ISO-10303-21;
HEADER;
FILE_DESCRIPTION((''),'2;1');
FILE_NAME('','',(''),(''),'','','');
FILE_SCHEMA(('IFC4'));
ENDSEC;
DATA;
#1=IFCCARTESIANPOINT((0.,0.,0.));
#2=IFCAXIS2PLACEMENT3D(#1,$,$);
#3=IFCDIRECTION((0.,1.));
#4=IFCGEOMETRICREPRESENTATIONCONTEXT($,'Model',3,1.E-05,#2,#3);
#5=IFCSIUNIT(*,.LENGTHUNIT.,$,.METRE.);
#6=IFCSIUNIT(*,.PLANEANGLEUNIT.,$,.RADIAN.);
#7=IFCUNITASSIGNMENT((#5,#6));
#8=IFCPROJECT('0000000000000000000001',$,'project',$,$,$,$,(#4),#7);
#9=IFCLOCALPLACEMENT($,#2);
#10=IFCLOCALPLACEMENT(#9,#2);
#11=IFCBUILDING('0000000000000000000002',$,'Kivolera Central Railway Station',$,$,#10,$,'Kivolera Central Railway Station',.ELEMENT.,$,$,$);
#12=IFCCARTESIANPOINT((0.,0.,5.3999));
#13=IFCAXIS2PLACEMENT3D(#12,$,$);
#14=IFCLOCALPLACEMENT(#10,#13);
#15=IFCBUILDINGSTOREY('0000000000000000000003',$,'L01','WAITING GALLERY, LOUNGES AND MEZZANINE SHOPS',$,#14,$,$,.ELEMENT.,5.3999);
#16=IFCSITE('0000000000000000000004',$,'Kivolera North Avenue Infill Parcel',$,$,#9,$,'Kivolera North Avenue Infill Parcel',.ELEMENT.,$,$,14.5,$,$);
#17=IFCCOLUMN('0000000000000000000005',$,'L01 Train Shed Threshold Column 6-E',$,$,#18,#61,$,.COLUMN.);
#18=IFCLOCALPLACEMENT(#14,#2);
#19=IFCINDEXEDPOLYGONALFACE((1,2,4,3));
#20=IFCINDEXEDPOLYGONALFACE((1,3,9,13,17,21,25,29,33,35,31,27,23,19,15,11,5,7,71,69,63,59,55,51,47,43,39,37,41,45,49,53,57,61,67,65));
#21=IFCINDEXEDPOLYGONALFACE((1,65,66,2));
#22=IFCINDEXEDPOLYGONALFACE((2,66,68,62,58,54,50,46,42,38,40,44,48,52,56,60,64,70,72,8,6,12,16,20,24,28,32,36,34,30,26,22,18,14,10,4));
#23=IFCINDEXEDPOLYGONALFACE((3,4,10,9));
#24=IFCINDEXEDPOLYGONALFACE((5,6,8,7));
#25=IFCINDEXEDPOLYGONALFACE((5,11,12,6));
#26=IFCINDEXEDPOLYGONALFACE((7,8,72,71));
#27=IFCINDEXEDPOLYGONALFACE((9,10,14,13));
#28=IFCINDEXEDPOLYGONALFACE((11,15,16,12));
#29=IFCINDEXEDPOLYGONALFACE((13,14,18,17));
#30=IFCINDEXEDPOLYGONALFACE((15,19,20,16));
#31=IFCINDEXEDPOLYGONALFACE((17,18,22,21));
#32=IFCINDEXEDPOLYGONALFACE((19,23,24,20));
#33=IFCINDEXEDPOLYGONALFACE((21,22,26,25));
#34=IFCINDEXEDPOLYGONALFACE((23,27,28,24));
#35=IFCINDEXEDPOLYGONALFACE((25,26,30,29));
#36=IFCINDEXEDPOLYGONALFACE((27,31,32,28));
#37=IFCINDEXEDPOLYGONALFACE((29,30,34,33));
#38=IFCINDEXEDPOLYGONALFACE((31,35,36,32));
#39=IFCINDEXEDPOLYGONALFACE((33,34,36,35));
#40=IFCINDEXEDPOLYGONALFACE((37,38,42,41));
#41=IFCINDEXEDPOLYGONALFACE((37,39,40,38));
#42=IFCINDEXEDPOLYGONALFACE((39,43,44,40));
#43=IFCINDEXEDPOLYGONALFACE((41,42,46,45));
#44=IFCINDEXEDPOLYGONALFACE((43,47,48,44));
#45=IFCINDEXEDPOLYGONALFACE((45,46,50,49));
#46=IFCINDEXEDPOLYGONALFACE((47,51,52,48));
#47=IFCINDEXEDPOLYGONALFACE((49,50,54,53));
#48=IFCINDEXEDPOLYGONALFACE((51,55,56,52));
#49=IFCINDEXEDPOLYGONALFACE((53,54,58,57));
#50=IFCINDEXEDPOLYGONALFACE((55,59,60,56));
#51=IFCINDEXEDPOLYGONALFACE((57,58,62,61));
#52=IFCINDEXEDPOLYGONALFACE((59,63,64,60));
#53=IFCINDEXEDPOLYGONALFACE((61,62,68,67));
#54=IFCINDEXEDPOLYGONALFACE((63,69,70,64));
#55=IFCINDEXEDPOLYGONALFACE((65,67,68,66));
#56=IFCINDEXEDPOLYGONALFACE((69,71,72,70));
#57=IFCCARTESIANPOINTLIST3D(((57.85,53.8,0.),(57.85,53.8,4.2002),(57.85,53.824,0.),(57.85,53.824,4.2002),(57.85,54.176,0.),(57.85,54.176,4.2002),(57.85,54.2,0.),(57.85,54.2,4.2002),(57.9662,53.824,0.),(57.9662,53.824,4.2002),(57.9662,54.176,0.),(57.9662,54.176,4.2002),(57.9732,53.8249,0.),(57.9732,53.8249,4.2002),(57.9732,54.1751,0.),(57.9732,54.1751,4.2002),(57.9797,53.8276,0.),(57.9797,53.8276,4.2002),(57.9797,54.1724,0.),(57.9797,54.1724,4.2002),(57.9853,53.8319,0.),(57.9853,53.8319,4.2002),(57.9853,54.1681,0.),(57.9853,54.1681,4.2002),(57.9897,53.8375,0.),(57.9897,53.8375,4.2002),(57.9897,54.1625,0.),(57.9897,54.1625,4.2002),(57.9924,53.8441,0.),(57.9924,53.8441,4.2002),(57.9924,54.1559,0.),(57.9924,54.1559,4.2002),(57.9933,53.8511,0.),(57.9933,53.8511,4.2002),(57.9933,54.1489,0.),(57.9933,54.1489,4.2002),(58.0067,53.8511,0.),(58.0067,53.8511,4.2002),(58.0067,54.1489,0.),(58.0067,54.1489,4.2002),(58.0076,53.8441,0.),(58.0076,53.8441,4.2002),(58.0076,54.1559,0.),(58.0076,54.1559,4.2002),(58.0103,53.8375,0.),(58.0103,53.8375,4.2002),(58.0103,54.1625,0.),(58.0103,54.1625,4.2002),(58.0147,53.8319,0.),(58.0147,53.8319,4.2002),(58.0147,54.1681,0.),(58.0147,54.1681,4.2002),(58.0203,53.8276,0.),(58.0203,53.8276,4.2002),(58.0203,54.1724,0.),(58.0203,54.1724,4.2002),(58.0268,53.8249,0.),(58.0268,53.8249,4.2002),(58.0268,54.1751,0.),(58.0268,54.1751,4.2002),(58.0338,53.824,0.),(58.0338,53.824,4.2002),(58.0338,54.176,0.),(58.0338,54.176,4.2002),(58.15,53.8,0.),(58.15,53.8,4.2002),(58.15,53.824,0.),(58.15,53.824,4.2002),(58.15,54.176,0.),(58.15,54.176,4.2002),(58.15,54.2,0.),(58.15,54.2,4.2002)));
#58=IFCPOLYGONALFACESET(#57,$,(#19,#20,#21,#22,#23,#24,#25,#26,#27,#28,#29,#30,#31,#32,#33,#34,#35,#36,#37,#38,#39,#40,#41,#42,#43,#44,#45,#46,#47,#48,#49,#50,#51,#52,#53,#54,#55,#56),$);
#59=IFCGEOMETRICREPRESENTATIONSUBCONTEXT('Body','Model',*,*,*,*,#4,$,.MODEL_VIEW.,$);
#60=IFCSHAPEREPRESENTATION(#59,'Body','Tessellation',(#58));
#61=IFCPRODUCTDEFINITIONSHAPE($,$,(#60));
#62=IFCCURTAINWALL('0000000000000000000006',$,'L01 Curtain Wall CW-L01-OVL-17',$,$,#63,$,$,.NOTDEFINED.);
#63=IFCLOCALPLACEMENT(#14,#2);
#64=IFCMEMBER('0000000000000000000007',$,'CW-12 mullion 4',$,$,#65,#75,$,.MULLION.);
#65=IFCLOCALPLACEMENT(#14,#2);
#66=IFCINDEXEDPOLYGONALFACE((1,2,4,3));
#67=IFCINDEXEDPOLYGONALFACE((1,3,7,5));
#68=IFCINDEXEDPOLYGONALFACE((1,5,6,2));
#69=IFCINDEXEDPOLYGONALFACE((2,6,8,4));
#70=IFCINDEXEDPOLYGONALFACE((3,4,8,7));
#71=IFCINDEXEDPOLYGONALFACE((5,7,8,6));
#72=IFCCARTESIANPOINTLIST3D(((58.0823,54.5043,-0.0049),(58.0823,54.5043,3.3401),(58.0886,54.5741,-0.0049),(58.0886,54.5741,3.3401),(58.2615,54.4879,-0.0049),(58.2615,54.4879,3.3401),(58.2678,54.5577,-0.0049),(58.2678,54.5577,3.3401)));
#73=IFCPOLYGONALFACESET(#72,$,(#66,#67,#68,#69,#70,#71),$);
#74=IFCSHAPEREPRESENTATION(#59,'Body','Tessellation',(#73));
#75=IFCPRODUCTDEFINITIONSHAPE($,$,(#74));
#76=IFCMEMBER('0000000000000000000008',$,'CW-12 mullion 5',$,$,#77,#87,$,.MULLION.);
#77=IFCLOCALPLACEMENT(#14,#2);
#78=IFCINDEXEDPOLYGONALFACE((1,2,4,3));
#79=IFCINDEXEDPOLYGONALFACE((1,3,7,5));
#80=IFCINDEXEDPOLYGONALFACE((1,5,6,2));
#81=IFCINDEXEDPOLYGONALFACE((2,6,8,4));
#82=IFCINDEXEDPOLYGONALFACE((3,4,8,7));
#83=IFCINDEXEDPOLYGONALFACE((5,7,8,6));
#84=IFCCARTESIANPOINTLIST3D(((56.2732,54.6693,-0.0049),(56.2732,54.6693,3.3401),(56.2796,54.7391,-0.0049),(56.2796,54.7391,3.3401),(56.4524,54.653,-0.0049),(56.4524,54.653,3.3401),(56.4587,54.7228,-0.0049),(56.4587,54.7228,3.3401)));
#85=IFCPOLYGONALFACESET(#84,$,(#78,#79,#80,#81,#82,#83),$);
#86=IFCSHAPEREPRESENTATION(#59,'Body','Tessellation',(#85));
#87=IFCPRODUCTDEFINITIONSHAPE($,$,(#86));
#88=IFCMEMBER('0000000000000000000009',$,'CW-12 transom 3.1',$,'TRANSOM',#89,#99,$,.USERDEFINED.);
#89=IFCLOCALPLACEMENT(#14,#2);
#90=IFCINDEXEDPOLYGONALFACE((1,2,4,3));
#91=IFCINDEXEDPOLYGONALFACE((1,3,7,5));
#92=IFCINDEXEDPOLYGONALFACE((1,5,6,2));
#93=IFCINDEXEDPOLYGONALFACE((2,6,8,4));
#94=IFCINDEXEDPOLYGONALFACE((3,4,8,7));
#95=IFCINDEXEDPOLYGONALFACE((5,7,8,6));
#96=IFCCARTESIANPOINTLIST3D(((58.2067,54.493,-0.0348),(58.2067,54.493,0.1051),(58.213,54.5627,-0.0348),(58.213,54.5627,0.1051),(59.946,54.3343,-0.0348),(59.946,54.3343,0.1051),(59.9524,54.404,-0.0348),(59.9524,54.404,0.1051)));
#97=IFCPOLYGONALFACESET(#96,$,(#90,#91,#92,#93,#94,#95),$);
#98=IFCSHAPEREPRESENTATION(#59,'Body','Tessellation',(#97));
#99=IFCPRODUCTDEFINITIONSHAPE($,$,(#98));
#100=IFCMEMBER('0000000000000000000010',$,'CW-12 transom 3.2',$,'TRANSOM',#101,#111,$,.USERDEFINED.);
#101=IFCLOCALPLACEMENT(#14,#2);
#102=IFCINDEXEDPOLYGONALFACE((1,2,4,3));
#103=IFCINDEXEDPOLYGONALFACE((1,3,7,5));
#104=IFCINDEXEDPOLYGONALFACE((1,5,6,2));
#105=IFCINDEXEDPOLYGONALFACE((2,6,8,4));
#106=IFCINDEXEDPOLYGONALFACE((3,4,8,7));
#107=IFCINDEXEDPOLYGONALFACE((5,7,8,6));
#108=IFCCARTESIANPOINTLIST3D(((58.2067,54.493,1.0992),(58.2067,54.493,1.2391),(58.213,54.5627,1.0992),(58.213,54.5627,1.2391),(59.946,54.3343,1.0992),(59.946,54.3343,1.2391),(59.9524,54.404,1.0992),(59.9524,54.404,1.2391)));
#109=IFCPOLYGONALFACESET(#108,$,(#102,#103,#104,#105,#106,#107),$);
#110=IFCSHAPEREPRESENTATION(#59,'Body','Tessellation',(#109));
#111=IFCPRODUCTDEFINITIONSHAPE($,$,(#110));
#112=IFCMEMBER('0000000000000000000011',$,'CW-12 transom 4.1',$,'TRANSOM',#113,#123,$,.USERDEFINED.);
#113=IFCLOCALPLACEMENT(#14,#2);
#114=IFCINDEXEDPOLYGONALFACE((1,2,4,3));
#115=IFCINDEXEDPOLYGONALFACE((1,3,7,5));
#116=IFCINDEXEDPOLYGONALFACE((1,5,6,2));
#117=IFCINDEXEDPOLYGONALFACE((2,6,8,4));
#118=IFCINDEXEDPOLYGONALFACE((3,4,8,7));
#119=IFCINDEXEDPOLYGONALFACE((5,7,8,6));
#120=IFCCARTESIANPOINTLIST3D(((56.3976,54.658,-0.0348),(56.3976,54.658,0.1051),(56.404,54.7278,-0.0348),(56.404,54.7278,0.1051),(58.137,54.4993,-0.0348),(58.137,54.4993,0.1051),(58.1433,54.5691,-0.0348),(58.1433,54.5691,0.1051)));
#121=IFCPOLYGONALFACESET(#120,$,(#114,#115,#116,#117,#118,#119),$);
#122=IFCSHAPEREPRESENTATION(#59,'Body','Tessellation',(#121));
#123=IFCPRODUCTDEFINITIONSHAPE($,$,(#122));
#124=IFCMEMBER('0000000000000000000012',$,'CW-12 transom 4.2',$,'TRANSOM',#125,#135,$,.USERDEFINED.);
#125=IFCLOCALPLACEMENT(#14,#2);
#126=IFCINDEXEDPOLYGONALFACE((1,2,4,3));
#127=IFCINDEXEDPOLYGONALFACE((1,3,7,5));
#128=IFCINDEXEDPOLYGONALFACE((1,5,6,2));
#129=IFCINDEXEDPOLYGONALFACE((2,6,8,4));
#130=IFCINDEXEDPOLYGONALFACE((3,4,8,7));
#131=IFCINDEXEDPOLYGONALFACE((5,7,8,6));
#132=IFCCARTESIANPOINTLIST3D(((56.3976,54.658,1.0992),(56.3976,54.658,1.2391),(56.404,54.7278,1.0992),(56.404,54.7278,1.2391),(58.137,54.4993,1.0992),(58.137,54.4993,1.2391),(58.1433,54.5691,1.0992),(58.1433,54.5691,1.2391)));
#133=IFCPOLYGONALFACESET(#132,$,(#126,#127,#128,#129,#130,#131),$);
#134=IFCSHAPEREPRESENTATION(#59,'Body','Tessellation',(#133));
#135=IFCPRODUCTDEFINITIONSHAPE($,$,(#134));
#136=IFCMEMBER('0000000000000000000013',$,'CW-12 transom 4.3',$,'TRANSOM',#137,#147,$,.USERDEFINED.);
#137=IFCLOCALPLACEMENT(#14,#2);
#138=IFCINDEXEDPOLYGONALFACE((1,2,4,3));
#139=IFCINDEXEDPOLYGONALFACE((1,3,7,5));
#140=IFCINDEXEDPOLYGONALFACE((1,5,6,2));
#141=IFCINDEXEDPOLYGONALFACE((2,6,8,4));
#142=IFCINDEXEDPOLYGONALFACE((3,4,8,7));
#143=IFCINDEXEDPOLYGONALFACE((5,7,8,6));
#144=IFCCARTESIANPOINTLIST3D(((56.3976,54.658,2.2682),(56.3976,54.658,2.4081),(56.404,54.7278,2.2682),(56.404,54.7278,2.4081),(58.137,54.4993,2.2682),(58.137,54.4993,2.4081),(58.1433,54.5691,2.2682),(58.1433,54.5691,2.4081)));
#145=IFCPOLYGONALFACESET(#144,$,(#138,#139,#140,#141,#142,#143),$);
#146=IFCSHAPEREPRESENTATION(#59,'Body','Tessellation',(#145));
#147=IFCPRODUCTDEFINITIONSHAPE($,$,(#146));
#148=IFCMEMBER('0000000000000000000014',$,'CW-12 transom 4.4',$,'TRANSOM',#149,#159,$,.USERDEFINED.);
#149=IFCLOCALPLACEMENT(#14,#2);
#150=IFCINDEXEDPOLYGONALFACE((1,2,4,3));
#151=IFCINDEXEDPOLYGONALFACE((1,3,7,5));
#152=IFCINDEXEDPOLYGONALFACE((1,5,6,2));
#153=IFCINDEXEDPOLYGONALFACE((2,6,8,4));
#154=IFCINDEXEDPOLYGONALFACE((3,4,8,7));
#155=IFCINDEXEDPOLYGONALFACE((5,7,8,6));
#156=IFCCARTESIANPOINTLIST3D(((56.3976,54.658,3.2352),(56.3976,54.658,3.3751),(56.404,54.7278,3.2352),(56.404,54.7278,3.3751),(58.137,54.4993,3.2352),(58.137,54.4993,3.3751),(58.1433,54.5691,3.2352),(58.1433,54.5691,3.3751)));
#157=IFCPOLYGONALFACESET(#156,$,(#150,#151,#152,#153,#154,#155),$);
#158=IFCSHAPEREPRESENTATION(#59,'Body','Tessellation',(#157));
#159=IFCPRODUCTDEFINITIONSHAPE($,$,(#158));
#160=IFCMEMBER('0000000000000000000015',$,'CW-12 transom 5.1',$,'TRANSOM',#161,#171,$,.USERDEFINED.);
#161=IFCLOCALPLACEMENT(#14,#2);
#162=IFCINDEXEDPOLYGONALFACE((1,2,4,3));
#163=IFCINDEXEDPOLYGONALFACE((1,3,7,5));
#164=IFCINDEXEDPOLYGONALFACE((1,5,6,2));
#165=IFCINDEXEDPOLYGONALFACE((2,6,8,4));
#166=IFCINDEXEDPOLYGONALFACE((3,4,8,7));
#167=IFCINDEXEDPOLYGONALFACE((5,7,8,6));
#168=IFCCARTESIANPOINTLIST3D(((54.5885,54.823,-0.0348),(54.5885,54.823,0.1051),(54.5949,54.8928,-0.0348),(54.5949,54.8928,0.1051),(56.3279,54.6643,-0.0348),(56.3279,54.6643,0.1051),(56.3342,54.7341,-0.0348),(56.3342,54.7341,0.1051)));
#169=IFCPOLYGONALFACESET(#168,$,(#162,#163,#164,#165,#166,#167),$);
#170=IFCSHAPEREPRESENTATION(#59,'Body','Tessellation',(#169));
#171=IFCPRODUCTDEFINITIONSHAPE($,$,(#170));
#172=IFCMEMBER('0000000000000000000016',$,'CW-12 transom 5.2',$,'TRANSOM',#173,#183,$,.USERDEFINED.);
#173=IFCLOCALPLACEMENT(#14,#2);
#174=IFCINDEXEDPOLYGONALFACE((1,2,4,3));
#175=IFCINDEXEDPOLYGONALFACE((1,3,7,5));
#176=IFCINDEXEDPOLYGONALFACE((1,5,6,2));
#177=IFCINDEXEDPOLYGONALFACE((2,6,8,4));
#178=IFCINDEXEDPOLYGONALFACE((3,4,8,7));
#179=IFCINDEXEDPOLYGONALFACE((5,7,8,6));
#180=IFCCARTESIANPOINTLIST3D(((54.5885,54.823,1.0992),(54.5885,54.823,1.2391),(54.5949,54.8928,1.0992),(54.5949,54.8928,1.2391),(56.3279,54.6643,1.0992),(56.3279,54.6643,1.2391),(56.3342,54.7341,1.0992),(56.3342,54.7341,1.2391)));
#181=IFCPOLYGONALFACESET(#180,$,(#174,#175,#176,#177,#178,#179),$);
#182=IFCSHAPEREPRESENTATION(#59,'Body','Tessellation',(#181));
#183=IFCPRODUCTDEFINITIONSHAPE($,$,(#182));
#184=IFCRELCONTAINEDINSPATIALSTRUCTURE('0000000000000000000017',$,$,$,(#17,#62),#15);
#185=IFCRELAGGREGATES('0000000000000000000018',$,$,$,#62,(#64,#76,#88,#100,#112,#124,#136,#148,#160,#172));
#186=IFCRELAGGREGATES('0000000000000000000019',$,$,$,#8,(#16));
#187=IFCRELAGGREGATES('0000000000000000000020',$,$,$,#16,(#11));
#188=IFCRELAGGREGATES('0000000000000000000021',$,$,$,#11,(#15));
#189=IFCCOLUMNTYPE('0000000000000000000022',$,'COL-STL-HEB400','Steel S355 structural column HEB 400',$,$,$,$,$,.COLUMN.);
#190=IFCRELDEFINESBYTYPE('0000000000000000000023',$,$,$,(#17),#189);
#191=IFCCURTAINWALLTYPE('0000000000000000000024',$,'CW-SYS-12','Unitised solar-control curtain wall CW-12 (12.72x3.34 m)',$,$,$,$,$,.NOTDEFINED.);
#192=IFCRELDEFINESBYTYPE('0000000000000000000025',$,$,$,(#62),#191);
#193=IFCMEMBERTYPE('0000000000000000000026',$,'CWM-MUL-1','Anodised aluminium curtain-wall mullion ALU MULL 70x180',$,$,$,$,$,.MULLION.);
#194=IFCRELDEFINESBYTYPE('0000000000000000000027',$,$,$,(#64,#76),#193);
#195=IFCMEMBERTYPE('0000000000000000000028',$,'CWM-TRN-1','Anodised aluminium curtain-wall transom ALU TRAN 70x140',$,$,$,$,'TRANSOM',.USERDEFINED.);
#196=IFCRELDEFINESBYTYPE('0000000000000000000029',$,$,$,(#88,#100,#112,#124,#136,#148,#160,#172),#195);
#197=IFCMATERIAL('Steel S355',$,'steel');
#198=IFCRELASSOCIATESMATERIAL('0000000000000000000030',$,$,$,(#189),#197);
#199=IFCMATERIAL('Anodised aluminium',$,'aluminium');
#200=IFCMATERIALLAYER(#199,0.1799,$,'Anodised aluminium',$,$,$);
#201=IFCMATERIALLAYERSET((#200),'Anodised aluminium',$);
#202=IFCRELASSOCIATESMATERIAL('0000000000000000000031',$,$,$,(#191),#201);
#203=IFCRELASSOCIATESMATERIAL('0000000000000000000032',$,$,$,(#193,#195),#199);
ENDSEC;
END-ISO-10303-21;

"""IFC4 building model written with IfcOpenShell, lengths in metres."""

from ifc_helpers import new_model, si_unit, direction, frame, origin, origin_2d, place, context, subcontext, project, spatial, rectangle, i_section, extrude, material, layer, layer_set, material_profile, profile_set, type_object, element, aggregate, save


model = new_model("IFC4")

# Units and contexts
model_context = context("Model", 3, precision=1e-05, world=origin(), true_north=direction((0.0, 1.0)))
body_context = subcontext(model_context, "Body", "Model", "MODEL_VIEW")
ifc_project = project(units=[si_unit("LENGTHUNIT", "METRE"), si_unit("PLANEANGLEUNIT", "RADIAN")], contexts=[model_context])

# Site, building, storey
site_placement = place(None, origin())
site = spatial("IfcSite", under=ifc_project, at=site_placement, Name="Kivolera North Avenue Infill Parcel", LongName="Kivolera North Avenue Infill Parcel", CompositionType="ELEMENT", RefElevation=14.5)
building_placement = place(site_placement, origin())
building = spatial("IfcBuilding", under=site, at=building_placement, Name="Kivolera Central Railway Station", LongName="Kivolera Central Railway Station", CompositionType="ELEMENT")
storey_placement = place(building_placement, frame((0.0, 0.0, 5.3999)))
storey = spatial("IfcBuildingStorey", under=building, at=storey_placement, Name="L01", Description="WAITING GALLERY, LOUNGES AND MEZZANINE SHOPS", CompositionType="ELEMENT", Elevation=5.3999)

# Column
ifc_material_1 = material(Name="Steel S355", Category="steel")
ifc_material_profile_1 = material_profile(ifc_material_1, i_section(OverallWidth=0.3, OverallDepth=0.3999, WebThickness=0.0134, FlangeThickness=0.0239, FilletRadius=0.0271, at=origin_2d()), Name="HEB 400")
ifc_profile_set_1 = profile_set([ifc_material_profile_1], Name="Steel S355")
column_type = type_object("IfcColumnType", Name="COL-STL-HEB400", Description="Steel S355 structural column HEB 400", PredefinedType="COLUMN", material=ifc_profile_set_1)
column_placement = place(storey_placement, frame((58.0, 54.0, 0.0), z_axis=(0.0, 0.0, 1.0), x_axis=(1.0, 0.0, 0.0)))
element("IfcColumn", 1, at=column_placement, inside=storey, type_object=column_type, Name="L01 Train Shed Threshold Column 6-E", PredefinedType="COLUMN", context=body_context, shape_type="SweptSolid", body=[
    extrude(i_section(OverallWidth=0.3, OverallDepth=0.3999, WebThickness=0.0134, FlangeThickness=0.0239, FilletRadius=0.0271, at=origin_2d()), origin(), (0.0, 0.0, 1.0), 4.2002),
])

# Curtain wall, members
ifc_material_2 = material(Name="Anodised aluminium", Category="aluminium")
ifc_layer_1 = layer(ifc_material_2, 0.1799, Name="Anodised aluminium")
ifc_layer_set_1 = layer_set([ifc_layer_1], Name="Anodised aluminium")
curtain_wall_type = type_object("IfcCurtainWallType", Name="CW-SYS-12", Description="Unitised solar-control curtain wall CW-12 (12.72x3.34 m)", PredefinedType="NOTDEFINED", material=ifc_layer_set_1)
curtain_wall_placement = place(storey_placement, origin())
curtain_wall = element("IfcCurtainWall", 2, at=curtain_wall_placement, inside=storey, type_object=curtain_wall_type, Name="L01 Curtain Wall CW-L01-OVL-17", PredefinedType="NOTDEFINED")
ifc_material_profile_2 = material_profile(ifc_material_2, rectangle(XDim=0.0701, YDim=0.1799, at=origin_2d()), Name="ALU MULL 70x180")
ifc_profile_set_2 = profile_set([ifc_material_profile_2], Name="Anodised aluminium")
member_type_1 = type_object("IfcMemberType", Name="CWM-MUL-1", Description="Anodised aluminium curtain-wall mullion ALU MULL 70x180", PredefinedType="MULLION", material=ifc_profile_set_2)
member_1_placement = place(storey_placement, frame((58.175, 54.531, -0.0049), z_axis=(0.0, 0.0, 1.0), x_axis=(-0.090834, -0.995866, 0.0)))
member_1 = element("IfcMember", 3, at=member_1_placement, type_object=member_type_1, Name="CW-12 mullion 4", PredefinedType="MULLION", context=body_context, shape_type="SweptSolid", body=[
    extrude(rectangle(XDim=0.0701, YDim=0.1799, at=origin_2d()), origin(), (0.0, 0.0, 1.0), 3.345),
])
member_2_placement = place(storey_placement, frame((56.366, 54.696, -0.0049), z_axis=(0.0, 0.0, 1.0), x_axis=(-0.090834, -0.995866, 0.0)))
member_2 = element("IfcMember", 4, at=member_2_placement, type_object=member_type_1, Name="CW-12 mullion 5", PredefinedType="MULLION", context=body_context, shape_type="SweptSolid", body=[
    extrude(rectangle(XDim=0.0701, YDim=0.1799, at=origin_2d()), origin(), (0.0, 0.0, 1.0), 3.345),
])
ifc_material_profile_3 = material_profile(ifc_material_2, rectangle(XDim=0.0701, YDim=0.1399, at=origin_2d()), Name="ALU TRAN 70x140")
ifc_profile_set_3 = profile_set([ifc_material_profile_3], Name="Anodised aluminium")
member_type_2 = type_object("IfcMemberType", Name="CWM-TRN-1", Description="Anodised aluminium curtain-wall transom ALU TRAN 70x140", ElementType="TRANSOM", PredefinedType="USERDEFINED", material=ifc_profile_set_3)
member_3_placement = place(storey_placement, frame((59.9492, 54.3691, 0.0352), z_axis=(-0.995863, 0.090863, 0.0), x_axis=(-0.090863, -0.995863, 0.0)))
member_3 = element("IfcMember", 5, at=member_3_placement, type_object=member_type_2, Name="CW-12 transom 3.1", ObjectType="TRANSOM", PredefinedType="USERDEFINED", context=body_context, shape_type="SweptSolid", body=[
    extrude(rectangle(XDim=0.0701, YDim=0.1399, at=origin_2d()), origin(), (0.0, 0.0, 1.0), 1.7466),
])
member_4_placement = place(storey_placement, frame((59.9492, 54.3691, 1.1692), z_axis=(-0.995863, 0.090863, 0.0), x_axis=(-0.090863, -0.995863, 0.0)))
member_4 = element("IfcMember", 6, at=member_4_placement, type_object=member_type_2, Name="CW-12 transom 3.2", ObjectType="TRANSOM", PredefinedType="USERDEFINED", context=body_context, shape_type="SweptSolid", body=[
    extrude(rectangle(XDim=0.0701, YDim=0.1399, at=origin_2d()), origin(), (0.0, 0.0, 1.0), 1.7466),
])
member_5_placement = place(storey_placement, frame((58.1401, 54.5342, 0.0352), z_axis=(-0.995863, 0.090863, 0.0), x_axis=(-0.090863, -0.995863, 0.0)))
member_5 = element("IfcMember", 7, at=member_5_placement, type_object=member_type_2, Name="CW-12 transom 4.1", ObjectType="TRANSOM", PredefinedType="USERDEFINED", context=body_context, shape_type="SweptSolid", body=[
    extrude(rectangle(XDim=0.0701, YDim=0.1399, at=origin_2d()), origin(), (0.0, 0.0, 1.0), 1.7466),
])
member_6_placement = place(storey_placement, frame((58.1401, 54.5342, 1.1692), z_axis=(-0.995863, 0.090863, 0.0), x_axis=(-0.090863, -0.995863, 0.0)))
member_6 = element("IfcMember", 8, at=member_6_placement, type_object=member_type_2, Name="CW-12 transom 4.2", ObjectType="TRANSOM", PredefinedType="USERDEFINED", context=body_context, shape_type="SweptSolid", body=[
    extrude(rectangle(XDim=0.0701, YDim=0.1399, at=origin_2d()), origin(), (0.0, 0.0, 1.0), 1.7466),
])
member_7_placement = place(storey_placement, frame((58.1401, 54.5342, 2.3381), z_axis=(-0.995863, 0.090863, 0.0), x_axis=(-0.090863, -0.995863, 0.0)))
member_7 = element("IfcMember", 9, at=member_7_placement, type_object=member_type_2, Name="CW-12 transom 4.3", ObjectType="TRANSOM", PredefinedType="USERDEFINED", context=body_context, shape_type="SweptSolid", body=[
    extrude(rectangle(XDim=0.0701, YDim=0.1399, at=origin_2d()), origin(), (0.0, 0.0, 1.0), 1.7466),
])
member_8_placement = place(storey_placement, frame((58.1401, 54.5342, 3.3052), z_axis=(-0.995863, 0.090863, 0.0), x_axis=(-0.090863, -0.995863, 0.0)))
member_8 = element("IfcMember", 10, at=member_8_placement, type_object=member_type_2, Name="CW-12 transom 4.4", ObjectType="TRANSOM", PredefinedType="USERDEFINED", context=body_context, shape_type="SweptSolid", body=[
    extrude(rectangle(XDim=0.0701, YDim=0.1399, at=origin_2d()), origin(), (0.0, 0.0, 1.0), 1.7466),
])
member_9_placement = place(storey_placement, frame((56.3311, 54.6992, 0.0352), z_axis=(-0.995863, 0.090863, 0.0), x_axis=(-0.090863, -0.995863, 0.0)))
member_9 = element("IfcMember", 11, at=member_9_placement, type_object=member_type_2, Name="CW-12 transom 5.1", ObjectType="TRANSOM", PredefinedType="USERDEFINED", context=body_context, shape_type="SweptSolid", body=[
    extrude(rectangle(XDim=0.0701, YDim=0.1399, at=origin_2d()), origin(), (0.0, 0.0, 1.0), 1.7466),
])
member_10_placement = place(storey_placement, frame((56.3311, 54.6992, 1.1692), z_axis=(-0.995863, 0.090863, 0.0), x_axis=(-0.090863, -0.995863, 0.0)))
member_10 = element("IfcMember", 12, at=member_10_placement, type_object=member_type_2, Name="CW-12 transom 5.2", ObjectType="TRANSOM", PredefinedType="USERDEFINED", context=body_context, shape_type="SweptSolid", body=[
    extrude(rectangle(XDim=0.0701, YDim=0.1399, at=origin_2d()), origin(), (0.0, 0.0, 1.0), 1.7466),
])
aggregate(curtain_wall, [member_1, member_2, member_3, member_4, member_5, member_6, member_7, member_8, member_9, member_10])

save(model, "model.ifc")
